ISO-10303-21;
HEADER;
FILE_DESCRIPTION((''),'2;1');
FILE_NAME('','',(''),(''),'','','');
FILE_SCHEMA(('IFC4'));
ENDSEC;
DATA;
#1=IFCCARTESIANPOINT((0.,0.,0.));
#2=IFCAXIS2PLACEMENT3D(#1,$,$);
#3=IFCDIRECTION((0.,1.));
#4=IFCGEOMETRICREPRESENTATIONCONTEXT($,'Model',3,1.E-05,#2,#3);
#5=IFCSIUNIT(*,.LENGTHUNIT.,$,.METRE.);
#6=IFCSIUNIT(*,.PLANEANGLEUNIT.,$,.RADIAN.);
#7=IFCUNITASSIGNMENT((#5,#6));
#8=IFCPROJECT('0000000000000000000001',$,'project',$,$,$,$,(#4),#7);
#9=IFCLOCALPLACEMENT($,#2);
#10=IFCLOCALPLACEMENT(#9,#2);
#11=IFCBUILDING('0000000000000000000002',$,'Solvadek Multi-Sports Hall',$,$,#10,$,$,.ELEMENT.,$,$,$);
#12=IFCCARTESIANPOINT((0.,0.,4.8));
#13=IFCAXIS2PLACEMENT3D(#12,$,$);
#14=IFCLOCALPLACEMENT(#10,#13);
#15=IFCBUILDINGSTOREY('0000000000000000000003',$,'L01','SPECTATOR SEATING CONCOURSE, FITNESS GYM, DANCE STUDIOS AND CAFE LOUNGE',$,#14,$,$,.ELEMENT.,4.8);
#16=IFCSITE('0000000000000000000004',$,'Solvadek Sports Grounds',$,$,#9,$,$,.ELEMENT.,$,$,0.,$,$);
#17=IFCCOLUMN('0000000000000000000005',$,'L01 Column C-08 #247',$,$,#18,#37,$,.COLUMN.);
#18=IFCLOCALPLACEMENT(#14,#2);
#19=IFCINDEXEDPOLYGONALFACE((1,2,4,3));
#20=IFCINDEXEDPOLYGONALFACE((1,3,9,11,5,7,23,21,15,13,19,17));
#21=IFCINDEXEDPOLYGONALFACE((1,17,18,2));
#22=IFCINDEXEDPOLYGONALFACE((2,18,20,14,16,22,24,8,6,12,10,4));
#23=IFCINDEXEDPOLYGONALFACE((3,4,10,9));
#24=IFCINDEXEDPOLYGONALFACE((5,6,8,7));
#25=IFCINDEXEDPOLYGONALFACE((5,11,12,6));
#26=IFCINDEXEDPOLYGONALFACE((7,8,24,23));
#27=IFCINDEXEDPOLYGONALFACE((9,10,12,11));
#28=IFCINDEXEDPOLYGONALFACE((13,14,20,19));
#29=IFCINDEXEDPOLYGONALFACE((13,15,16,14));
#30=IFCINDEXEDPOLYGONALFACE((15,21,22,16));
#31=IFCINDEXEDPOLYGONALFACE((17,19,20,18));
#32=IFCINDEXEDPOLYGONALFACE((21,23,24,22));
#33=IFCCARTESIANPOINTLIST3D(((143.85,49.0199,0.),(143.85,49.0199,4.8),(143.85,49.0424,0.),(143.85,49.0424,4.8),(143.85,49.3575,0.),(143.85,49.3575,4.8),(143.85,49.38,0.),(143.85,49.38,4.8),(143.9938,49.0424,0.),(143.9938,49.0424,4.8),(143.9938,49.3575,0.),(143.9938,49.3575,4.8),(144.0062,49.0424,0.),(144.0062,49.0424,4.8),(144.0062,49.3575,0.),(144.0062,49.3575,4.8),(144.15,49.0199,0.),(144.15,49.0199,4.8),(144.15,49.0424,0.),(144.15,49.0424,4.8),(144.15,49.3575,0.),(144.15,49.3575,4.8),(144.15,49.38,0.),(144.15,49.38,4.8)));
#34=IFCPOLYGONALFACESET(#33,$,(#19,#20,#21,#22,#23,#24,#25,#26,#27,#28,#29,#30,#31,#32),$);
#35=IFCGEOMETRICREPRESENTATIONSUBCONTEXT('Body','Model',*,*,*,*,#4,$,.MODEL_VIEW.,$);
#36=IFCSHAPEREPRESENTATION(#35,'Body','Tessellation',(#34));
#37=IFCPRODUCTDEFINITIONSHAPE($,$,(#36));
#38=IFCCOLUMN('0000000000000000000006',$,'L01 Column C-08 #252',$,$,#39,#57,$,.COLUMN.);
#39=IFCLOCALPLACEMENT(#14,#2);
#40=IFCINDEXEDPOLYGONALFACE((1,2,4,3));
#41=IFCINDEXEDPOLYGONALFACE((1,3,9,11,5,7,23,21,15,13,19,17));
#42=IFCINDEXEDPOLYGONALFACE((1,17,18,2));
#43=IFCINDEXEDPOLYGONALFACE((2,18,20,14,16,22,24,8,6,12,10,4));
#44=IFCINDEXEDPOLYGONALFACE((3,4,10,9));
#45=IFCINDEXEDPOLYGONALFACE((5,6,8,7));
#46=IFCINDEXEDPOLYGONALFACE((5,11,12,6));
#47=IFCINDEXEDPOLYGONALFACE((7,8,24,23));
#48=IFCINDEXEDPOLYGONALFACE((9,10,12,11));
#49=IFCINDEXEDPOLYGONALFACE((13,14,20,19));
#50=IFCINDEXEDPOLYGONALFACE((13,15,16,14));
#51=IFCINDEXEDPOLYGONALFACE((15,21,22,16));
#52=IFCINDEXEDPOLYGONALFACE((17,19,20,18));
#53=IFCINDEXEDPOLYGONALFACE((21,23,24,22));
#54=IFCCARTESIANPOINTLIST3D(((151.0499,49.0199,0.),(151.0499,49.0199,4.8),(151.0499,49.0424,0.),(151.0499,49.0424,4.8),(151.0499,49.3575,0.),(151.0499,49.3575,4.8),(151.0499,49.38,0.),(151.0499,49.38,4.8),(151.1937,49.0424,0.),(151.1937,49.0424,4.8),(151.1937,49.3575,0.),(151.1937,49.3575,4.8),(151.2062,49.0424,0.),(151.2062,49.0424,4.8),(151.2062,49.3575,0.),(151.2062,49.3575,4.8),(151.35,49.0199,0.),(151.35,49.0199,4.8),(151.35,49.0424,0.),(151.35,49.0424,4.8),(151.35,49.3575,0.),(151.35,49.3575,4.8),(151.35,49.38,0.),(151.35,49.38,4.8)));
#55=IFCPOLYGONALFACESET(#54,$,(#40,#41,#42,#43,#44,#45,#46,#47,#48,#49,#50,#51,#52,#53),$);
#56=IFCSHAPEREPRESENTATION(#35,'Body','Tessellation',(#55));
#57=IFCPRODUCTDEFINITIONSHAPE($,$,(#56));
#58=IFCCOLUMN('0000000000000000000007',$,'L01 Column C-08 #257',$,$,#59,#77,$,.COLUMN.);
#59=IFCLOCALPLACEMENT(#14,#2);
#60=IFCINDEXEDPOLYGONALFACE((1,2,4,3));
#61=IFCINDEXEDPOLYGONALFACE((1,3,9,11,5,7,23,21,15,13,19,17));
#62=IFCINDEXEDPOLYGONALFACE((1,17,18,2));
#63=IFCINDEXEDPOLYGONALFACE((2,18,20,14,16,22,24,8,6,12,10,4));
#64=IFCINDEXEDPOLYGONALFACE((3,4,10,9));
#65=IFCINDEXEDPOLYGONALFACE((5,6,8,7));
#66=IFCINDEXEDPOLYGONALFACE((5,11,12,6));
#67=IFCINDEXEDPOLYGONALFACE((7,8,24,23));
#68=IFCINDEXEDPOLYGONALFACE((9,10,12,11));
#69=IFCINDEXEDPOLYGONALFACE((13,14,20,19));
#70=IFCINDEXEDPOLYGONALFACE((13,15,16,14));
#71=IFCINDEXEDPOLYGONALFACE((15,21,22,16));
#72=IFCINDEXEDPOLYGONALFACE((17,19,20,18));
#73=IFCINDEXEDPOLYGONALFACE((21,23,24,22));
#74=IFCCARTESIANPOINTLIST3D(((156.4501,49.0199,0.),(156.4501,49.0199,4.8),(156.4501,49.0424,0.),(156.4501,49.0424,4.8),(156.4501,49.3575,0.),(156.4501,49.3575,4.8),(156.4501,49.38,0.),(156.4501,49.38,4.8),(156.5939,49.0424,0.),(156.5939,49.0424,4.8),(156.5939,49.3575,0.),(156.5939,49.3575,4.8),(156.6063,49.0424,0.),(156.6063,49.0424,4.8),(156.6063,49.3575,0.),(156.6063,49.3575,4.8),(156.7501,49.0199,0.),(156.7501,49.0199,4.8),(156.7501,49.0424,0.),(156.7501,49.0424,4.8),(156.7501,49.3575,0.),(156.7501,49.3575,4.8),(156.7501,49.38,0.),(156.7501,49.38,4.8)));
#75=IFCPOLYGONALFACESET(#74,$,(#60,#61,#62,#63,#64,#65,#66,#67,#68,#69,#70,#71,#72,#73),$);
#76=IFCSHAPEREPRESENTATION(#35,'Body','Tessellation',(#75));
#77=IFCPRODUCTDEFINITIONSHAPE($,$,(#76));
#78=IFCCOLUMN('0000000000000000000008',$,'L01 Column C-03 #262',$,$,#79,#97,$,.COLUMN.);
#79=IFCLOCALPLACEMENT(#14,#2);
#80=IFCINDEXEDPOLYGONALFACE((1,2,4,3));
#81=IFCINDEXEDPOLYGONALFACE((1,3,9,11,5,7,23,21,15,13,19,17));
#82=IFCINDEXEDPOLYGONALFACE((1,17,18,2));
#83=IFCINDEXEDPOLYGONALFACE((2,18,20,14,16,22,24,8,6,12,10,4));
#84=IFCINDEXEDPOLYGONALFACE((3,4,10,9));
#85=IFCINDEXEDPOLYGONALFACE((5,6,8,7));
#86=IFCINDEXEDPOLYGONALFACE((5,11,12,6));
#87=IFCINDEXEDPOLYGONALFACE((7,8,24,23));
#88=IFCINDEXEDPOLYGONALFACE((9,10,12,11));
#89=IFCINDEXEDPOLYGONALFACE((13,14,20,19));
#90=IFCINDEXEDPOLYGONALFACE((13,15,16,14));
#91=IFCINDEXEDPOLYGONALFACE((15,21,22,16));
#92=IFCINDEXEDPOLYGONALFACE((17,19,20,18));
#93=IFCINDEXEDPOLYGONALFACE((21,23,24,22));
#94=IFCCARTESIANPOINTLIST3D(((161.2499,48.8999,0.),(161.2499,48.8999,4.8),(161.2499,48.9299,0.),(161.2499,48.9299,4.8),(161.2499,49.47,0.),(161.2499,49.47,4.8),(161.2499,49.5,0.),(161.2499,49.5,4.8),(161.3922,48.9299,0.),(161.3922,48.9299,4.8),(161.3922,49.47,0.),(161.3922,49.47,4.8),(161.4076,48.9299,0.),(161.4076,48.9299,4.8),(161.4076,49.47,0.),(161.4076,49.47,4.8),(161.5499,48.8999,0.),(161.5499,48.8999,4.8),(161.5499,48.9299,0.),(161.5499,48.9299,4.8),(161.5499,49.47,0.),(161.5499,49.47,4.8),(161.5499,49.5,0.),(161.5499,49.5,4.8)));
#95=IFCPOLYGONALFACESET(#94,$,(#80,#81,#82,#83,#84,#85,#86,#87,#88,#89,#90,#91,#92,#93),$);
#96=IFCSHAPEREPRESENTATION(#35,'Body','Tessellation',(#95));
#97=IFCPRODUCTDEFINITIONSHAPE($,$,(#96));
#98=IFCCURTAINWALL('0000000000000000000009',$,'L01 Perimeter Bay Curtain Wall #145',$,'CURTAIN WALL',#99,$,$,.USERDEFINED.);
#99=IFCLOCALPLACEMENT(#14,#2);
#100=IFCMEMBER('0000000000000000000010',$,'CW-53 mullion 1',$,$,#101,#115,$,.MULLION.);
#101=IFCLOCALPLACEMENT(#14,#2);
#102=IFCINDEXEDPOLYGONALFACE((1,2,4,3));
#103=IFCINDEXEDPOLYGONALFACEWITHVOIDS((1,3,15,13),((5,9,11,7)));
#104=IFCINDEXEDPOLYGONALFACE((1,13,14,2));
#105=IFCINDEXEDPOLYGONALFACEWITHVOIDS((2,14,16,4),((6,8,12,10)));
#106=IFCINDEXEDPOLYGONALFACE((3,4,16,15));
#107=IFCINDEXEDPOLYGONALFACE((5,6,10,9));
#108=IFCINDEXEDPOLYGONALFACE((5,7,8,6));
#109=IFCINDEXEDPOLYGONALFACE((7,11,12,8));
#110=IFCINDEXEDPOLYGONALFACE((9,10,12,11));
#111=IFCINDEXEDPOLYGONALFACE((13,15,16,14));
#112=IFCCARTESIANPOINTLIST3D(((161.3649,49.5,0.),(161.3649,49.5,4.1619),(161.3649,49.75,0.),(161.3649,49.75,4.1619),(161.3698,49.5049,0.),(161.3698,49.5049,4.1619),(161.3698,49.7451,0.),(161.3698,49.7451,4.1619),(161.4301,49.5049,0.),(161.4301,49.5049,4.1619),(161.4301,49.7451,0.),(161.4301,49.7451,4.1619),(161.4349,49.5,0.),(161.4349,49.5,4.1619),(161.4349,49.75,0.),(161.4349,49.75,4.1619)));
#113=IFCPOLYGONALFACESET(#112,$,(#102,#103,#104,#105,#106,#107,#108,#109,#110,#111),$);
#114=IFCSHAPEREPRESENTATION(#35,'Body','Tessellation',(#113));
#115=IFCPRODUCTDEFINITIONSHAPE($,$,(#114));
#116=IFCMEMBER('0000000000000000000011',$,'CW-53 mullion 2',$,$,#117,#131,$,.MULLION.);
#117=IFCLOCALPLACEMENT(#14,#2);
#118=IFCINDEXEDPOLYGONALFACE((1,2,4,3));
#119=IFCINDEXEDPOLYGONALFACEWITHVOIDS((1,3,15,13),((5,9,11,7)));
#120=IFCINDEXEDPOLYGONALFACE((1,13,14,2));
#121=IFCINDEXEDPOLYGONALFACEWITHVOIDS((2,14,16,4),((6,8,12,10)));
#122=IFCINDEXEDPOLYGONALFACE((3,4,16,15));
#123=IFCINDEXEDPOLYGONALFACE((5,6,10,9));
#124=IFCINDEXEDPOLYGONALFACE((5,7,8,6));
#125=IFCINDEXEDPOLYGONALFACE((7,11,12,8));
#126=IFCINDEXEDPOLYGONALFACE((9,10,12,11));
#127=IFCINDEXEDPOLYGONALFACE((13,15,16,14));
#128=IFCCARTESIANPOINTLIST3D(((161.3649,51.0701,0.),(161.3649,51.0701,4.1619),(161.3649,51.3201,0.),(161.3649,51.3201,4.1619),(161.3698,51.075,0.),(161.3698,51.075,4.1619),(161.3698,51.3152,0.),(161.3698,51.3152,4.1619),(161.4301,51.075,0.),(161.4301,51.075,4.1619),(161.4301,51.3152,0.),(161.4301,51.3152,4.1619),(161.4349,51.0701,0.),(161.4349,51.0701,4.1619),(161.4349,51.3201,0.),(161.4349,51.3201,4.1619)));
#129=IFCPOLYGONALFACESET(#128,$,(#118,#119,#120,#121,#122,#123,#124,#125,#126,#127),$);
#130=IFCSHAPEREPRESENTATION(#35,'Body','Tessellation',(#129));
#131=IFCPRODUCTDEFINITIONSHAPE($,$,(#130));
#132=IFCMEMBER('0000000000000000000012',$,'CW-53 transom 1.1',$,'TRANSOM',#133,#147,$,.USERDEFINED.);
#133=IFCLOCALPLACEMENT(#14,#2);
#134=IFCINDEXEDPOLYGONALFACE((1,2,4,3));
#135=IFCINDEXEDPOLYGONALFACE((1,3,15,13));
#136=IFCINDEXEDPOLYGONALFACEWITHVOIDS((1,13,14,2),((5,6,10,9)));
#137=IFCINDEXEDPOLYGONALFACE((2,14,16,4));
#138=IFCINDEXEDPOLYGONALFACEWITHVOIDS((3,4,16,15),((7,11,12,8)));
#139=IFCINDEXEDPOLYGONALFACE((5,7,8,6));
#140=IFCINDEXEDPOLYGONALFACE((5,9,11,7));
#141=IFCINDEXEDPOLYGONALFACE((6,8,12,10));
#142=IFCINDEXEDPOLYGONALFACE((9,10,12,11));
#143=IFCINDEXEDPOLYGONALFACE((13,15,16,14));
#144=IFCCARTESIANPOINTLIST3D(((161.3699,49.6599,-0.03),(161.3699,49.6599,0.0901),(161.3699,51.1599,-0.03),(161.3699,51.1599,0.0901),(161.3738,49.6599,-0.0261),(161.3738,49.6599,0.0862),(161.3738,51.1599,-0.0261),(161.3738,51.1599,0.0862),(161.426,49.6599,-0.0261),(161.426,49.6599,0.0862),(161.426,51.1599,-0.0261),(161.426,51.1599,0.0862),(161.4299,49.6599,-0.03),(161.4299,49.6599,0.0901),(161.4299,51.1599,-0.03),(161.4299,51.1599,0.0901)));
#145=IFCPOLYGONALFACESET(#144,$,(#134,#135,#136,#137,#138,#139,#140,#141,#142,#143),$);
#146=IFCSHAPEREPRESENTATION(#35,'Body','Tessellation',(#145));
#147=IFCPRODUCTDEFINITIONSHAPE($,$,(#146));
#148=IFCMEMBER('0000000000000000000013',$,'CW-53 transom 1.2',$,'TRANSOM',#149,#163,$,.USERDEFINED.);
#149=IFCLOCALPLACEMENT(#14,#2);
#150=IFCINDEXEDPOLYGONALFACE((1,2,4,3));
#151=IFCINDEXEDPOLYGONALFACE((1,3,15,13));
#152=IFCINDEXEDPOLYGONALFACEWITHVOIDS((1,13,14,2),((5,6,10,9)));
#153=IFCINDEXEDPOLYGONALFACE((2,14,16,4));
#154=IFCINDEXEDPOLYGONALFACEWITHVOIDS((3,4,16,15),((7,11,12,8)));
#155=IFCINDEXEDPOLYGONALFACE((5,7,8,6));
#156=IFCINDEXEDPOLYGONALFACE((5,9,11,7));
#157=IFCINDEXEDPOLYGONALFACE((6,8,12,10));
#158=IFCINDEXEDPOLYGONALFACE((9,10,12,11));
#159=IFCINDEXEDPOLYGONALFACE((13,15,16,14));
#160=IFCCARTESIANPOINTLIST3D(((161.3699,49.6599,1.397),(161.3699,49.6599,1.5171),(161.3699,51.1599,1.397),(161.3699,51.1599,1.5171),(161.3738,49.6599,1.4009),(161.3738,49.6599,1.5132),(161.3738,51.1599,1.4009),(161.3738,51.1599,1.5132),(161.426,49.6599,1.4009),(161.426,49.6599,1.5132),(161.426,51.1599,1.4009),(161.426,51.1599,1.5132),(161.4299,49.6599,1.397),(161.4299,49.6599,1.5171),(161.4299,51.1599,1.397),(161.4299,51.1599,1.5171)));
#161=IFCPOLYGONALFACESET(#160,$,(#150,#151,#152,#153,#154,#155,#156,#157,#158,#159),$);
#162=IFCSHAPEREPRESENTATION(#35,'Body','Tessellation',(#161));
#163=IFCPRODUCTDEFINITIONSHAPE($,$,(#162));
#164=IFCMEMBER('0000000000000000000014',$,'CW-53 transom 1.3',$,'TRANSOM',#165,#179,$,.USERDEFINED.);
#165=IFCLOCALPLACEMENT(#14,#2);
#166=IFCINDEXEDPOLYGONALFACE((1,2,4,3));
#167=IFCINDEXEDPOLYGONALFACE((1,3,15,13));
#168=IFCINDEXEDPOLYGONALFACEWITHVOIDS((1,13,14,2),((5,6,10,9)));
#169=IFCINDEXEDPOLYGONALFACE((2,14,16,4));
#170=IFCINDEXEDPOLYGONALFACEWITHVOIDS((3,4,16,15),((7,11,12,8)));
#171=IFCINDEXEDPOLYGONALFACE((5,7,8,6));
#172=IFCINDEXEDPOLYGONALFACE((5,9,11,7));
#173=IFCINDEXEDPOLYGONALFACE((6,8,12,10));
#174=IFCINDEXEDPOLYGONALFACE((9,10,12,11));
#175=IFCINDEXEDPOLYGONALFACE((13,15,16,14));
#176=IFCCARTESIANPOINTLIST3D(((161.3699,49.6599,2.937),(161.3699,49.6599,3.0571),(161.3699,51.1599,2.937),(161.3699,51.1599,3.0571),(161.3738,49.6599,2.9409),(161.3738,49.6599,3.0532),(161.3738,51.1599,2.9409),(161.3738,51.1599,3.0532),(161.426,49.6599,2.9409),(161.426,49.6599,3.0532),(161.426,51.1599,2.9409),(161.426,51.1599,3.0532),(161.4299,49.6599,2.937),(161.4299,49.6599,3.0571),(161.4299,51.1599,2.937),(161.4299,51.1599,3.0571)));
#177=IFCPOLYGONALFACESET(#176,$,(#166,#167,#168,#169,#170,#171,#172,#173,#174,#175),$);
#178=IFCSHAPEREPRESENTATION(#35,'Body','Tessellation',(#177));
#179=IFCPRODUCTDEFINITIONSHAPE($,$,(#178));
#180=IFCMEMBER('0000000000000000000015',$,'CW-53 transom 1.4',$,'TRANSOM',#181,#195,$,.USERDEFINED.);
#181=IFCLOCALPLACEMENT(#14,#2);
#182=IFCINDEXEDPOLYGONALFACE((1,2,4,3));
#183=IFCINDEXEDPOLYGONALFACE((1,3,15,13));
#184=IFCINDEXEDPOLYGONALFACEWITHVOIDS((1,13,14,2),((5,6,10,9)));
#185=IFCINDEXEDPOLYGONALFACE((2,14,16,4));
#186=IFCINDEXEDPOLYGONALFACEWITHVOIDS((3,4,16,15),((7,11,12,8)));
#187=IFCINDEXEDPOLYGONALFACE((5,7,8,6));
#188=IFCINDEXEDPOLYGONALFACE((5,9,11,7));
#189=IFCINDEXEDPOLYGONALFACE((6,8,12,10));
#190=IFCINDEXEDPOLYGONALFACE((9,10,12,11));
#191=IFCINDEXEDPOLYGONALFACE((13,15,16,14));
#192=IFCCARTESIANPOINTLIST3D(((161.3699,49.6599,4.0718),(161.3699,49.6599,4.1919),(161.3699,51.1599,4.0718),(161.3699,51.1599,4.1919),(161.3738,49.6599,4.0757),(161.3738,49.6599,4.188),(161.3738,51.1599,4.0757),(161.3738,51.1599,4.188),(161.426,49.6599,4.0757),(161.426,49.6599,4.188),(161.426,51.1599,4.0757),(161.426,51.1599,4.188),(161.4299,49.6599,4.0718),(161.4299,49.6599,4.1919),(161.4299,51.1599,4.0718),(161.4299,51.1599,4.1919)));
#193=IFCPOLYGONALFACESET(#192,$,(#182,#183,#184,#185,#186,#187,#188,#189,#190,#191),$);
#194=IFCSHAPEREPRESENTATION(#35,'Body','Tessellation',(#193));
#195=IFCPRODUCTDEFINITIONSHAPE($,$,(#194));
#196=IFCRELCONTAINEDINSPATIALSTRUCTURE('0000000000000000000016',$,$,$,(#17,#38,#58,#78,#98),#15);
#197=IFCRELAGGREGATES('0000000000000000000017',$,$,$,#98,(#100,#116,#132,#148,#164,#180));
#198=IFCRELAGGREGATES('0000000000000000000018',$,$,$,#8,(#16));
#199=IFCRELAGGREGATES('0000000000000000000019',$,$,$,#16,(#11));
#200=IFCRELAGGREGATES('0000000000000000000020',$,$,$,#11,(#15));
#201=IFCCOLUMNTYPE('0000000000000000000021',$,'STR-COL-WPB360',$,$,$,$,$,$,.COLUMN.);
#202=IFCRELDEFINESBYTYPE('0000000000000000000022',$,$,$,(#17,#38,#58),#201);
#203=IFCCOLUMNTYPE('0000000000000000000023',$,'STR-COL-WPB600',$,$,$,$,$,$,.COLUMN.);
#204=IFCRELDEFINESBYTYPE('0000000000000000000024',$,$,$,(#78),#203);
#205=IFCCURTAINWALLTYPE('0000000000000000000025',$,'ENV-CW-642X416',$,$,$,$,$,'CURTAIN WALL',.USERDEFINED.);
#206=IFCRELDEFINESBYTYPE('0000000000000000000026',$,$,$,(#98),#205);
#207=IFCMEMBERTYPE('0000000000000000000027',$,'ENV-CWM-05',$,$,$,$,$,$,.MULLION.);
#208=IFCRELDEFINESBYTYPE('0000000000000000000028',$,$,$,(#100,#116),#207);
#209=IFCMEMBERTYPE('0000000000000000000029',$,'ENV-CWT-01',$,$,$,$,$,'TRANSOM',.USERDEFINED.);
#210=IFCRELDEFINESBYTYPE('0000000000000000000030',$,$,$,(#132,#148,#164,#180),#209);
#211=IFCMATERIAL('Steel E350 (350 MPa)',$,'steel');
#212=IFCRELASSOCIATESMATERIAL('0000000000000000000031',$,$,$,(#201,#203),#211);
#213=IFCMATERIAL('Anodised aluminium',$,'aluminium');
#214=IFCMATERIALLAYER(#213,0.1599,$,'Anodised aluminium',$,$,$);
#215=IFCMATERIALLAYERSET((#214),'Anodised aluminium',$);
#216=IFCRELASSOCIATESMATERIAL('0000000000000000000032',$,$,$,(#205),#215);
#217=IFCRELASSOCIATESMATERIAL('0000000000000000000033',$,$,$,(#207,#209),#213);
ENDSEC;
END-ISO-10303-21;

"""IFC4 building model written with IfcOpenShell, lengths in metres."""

from ifc_helpers import new_model, si_unit, direction, frame, origin, origin_2d, place, context, subcontext, project, spatial, hollow_rectangle, i_section, extrude, material, layer, layer_set, material_profile, profile_set, type_object, element, aggregate, save


model = new_model("IFC4")

# Units and contexts
model_context = context("Model", 3, precision=1e-05, world=origin(), true_north=direction((0.0, 1.0)))
body_context = subcontext(model_context, "Body", "Model", "MODEL_VIEW")
ifc_project = project(units=[si_unit("LENGTHUNIT", "METRE"), si_unit("PLANEANGLEUNIT", "RADIAN")], contexts=[model_context])

# Site, building, storey
site_placement = place(None, origin())
site = spatial("IfcSite", under=ifc_project, at=site_placement, Name="Solvadek Sports Grounds", CompositionType="ELEMENT", RefElevation=0.0)
building_placement = place(site_placement, origin())
building = spatial("IfcBuilding", under=site, at=building_placement, Name="Solvadek Multi-Sports Hall", CompositionType="ELEMENT")
storey_placement = place(building_placement, frame((0.0, 0.0, 4.8)))
storey = spatial("IfcBuildingStorey", under=building, at=storey_placement, Name="L01", Description="SPECTATOR SEATING CONCOURSE, FITNESS GYM, DANCE STUDIOS AND CAFE LOUNGE", CompositionType="ELEMENT", Elevation=4.8)

# Columns
ifc_material_1 = material(Name="Steel E350 (350 MPa)", Category="steel")
ifc_material_profile_1 = material_profile(ifc_material_1, i_section(OverallWidth=0.3, OverallDepth=0.3601, WebThickness=0.0125, FlangeThickness=0.0225, at=origin_2d()), Name="WPB 360")
ifc_profile_set_1 = profile_set([ifc_material_profile_1], Name="Steel E350 (350 MPa)")
column_type_1 = type_object("IfcColumnType", Name="STR-COL-WPB360", PredefinedType="COLUMN", material=ifc_profile_set_1)
for number, where, z_axis, x_axis, name in (
    (1, (144.0, 49.2, 0.0), (0.0, 0.0, 1.0), (1.0, 0.0, 0.0), "L01 Column C-08 #247"),
    (2, (151.2, 49.2, 0.0), (0.0, 0.0, 1.0), (1.0, 0.0, 0.0), "L01 Column C-08 #252"),
    (3, (156.6001, 49.2, 0.0), (0.0, 0.0, 1.0), (1.0, 0.0, 0.0), "L01 Column C-08 #257"),
):
    element("IfcColumn", number, at=place(storey_placement, frame(where, z_axis=z_axis, x_axis=x_axis)), inside=storey, type_object=column_type_1, Name=name, PredefinedType="COLUMN", context=body_context, shape_type="SweptSolid", body=[
        extrude(i_section(OverallWidth=0.3, OverallDepth=0.3601, WebThickness=0.0125, FlangeThickness=0.0225, at=origin_2d()), origin(), (0.0, 0.0, 1.0), 4.8),
    ])
ifc_material_profile_2 = material_profile(ifc_material_1, i_section(OverallWidth=0.3, OverallDepth=0.6001, WebThickness=0.0154, FlangeThickness=0.03, at=origin_2d()), Name="WPB 600")
ifc_profile_set_2 = profile_set([ifc_material_profile_2], Name="Steel E350 (350 MPa)")
column_type_2 = type_object("IfcColumnType", Name="STR-COL-WPB600", PredefinedType="COLUMN", material=ifc_profile_set_2)
column_placement = place(storey_placement, frame((161.3999, 49.2, 0.0), z_axis=(0.0, 0.0, 1.0), x_axis=(1.0, 0.0, 0.0)))
element("IfcColumn", 4, at=column_placement, inside=storey, type_object=column_type_2, Name="L01 Column C-03 #262", PredefinedType="COLUMN", context=body_context, shape_type="SweptSolid", body=[
    extrude(i_section(OverallWidth=0.3, OverallDepth=0.6001, WebThickness=0.0154, FlangeThickness=0.03, at=origin_2d()), origin(), (0.0, 0.0, 1.0), 4.8),
])

# Curtain wall, members
ifc_material_2 = material(Name="Anodised aluminium", Category="aluminium")
ifc_layer_1 = layer(ifc_material_2, 0.1599, Name="Anodised aluminium")
ifc_layer_set_1 = layer_set([ifc_layer_1], Name="Anodised aluminium")
curtain_wall_type = type_object("IfcCurtainWallType", Name="ENV-CW-642X416", ElementType="CURTAIN WALL", PredefinedType="USERDEFINED", material=ifc_layer_set_1)
curtain_wall_placement = place(storey_placement, origin())
curtain_wall = element("IfcCurtainWall", 5, at=curtain_wall_placement, inside=storey, type_object=curtain_wall_type, Name="L01 Perimeter Bay Curtain Wall #145", ObjectType="CURTAIN WALL", PredefinedType="USERDEFINED")
ifc_material_profile_3 = material_profile(ifc_material_2, hollow_rectangle(XDim=0.0701, YDim=0.25, WallThickness=0.0049, at=origin_2d()), Name="ALU-M 250x70x5")
ifc_profile_set_3 = profile_set([ifc_material_profile_3], Name="Anodised aluminium")
member_type_1 = type_object("IfcMemberType", Name="ENV-CWM-05", PredefinedType="MULLION", material=ifc_profile_set_3)
member_1_placement = place(storey_placement, frame((161.3999, 49.625, 0.0), z_axis=(0.0, 0.0, 1.0), x_axis=(-1.0, 0.0, 0.0)))
member_1 = element("IfcMember", 6, at=member_1_placement, type_object=member_type_1, Name="CW-53 mullion 1", PredefinedType="MULLION", context=body_context, shape_type="SweptSolid", body=[
    extrude(hollow_rectangle(XDim=0.0701, YDim=0.25, WallThickness=0.0049, at=origin_2d()), origin(), (0.0, 0.0, 1.0), 4.1619),
])
member_2_placement = place(storey_placement, frame((161.3999, 51.1951, 0.0), z_axis=(0.0, 0.0, 1.0), x_axis=(-1.0, 0.0, 0.0)))
member_2 = element("IfcMember", 7, at=member_2_placement, type_object=member_type_1, Name="CW-53 mullion 2", PredefinedType="MULLION", context=body_context, shape_type="SweptSolid", body=[
    extrude(hollow_rectangle(XDim=0.0701, YDim=0.25, WallThickness=0.0049, at=origin_2d()), origin(), (0.0, 0.0, 1.0), 4.1619),
])
ifc_material_profile_4 = material_profile(ifc_material_2, hollow_rectangle(XDim=0.0601, YDim=0.1201, WallThickness=0.0039, at=origin_2d()), Name="ALU-T 120x60x4")
ifc_profile_set_4 = profile_set([ifc_material_profile_4], Name="Anodised aluminium")
member_type_2 = type_object("IfcMemberType", Name="ENV-CWT-01", ElementType="TRANSOM", PredefinedType="USERDEFINED", material=ifc_profile_set_4)
member_3_placement = place(storey_placement, frame((161.3999, 49.6599, 0.03), z_axis=(0.0, 1.0, 0.0), x_axis=(-1.0, 0.0, 0.0)))
member_3 = element("IfcMember", 8, at=member_3_placement, type_object=member_type_2, Name="CW-53 transom 1.1", ObjectType="TRANSOM", PredefinedType="USERDEFINED", context=body_context, shape_type="SweptSolid", body=[
    extrude(hollow_rectangle(XDim=0.0601, YDim=0.1201, WallThickness=0.0039, at=origin_2d()), origin(), (0.0, 0.0, 1.0), 1.5),
])
member_4_placement = place(storey_placement, frame((161.3999, 49.6599, 1.457), z_axis=(0.0, 1.0, 0.0), x_axis=(-1.0, 0.0, 0.0)))
member_4 = element("IfcMember", 9, at=member_4_placement, type_object=member_type_2, Name="CW-53 transom 1.2", ObjectType="TRANSOM", PredefinedType="USERDEFINED", context=body_context, shape_type="SweptSolid", body=[
    extrude(hollow_rectangle(XDim=0.0601, YDim=0.1201, WallThickness=0.0039, at=origin_2d()), origin(), (0.0, 0.0, 1.0), 1.5),
])
member_5_placement = place(storey_placement, frame((161.3999, 49.6599, 2.9971), z_axis=(0.0, 1.0, 0.0), x_axis=(-1.0, 0.0, 0.0)))
member_5 = element("IfcMember", 10, at=member_5_placement, type_object=member_type_2, Name="CW-53 transom 1.3", ObjectType="TRANSOM", PredefinedType="USERDEFINED", context=body_context, shape_type="SweptSolid", body=[
    extrude(hollow_rectangle(XDim=0.0601, YDim=0.1201, WallThickness=0.0039, at=origin_2d()), origin(), (0.0, 0.0, 1.0), 1.5),
])
member_6_placement = place(storey_placement, frame((161.3999, 49.6599, 4.1318), z_axis=(0.0, 1.0, 0.0), x_axis=(-1.0, 0.0, 0.0)))
member_6 = element("IfcMember", 11, at=member_6_placement, type_object=member_type_2, Name="CW-53 transom 1.4", ObjectType="TRANSOM", PredefinedType="USERDEFINED", context=body_context, shape_type="SweptSolid", body=[
    extrude(hollow_rectangle(XDim=0.0601, YDim=0.1201, WallThickness=0.0039, at=origin_2d()), origin(), (0.0, 0.0, 1.0), 1.5),
])

aggregate(curtain_wall, [member_1, member_2, member_3, member_4, member_5, member_6])

save(model, "model.ifc")
